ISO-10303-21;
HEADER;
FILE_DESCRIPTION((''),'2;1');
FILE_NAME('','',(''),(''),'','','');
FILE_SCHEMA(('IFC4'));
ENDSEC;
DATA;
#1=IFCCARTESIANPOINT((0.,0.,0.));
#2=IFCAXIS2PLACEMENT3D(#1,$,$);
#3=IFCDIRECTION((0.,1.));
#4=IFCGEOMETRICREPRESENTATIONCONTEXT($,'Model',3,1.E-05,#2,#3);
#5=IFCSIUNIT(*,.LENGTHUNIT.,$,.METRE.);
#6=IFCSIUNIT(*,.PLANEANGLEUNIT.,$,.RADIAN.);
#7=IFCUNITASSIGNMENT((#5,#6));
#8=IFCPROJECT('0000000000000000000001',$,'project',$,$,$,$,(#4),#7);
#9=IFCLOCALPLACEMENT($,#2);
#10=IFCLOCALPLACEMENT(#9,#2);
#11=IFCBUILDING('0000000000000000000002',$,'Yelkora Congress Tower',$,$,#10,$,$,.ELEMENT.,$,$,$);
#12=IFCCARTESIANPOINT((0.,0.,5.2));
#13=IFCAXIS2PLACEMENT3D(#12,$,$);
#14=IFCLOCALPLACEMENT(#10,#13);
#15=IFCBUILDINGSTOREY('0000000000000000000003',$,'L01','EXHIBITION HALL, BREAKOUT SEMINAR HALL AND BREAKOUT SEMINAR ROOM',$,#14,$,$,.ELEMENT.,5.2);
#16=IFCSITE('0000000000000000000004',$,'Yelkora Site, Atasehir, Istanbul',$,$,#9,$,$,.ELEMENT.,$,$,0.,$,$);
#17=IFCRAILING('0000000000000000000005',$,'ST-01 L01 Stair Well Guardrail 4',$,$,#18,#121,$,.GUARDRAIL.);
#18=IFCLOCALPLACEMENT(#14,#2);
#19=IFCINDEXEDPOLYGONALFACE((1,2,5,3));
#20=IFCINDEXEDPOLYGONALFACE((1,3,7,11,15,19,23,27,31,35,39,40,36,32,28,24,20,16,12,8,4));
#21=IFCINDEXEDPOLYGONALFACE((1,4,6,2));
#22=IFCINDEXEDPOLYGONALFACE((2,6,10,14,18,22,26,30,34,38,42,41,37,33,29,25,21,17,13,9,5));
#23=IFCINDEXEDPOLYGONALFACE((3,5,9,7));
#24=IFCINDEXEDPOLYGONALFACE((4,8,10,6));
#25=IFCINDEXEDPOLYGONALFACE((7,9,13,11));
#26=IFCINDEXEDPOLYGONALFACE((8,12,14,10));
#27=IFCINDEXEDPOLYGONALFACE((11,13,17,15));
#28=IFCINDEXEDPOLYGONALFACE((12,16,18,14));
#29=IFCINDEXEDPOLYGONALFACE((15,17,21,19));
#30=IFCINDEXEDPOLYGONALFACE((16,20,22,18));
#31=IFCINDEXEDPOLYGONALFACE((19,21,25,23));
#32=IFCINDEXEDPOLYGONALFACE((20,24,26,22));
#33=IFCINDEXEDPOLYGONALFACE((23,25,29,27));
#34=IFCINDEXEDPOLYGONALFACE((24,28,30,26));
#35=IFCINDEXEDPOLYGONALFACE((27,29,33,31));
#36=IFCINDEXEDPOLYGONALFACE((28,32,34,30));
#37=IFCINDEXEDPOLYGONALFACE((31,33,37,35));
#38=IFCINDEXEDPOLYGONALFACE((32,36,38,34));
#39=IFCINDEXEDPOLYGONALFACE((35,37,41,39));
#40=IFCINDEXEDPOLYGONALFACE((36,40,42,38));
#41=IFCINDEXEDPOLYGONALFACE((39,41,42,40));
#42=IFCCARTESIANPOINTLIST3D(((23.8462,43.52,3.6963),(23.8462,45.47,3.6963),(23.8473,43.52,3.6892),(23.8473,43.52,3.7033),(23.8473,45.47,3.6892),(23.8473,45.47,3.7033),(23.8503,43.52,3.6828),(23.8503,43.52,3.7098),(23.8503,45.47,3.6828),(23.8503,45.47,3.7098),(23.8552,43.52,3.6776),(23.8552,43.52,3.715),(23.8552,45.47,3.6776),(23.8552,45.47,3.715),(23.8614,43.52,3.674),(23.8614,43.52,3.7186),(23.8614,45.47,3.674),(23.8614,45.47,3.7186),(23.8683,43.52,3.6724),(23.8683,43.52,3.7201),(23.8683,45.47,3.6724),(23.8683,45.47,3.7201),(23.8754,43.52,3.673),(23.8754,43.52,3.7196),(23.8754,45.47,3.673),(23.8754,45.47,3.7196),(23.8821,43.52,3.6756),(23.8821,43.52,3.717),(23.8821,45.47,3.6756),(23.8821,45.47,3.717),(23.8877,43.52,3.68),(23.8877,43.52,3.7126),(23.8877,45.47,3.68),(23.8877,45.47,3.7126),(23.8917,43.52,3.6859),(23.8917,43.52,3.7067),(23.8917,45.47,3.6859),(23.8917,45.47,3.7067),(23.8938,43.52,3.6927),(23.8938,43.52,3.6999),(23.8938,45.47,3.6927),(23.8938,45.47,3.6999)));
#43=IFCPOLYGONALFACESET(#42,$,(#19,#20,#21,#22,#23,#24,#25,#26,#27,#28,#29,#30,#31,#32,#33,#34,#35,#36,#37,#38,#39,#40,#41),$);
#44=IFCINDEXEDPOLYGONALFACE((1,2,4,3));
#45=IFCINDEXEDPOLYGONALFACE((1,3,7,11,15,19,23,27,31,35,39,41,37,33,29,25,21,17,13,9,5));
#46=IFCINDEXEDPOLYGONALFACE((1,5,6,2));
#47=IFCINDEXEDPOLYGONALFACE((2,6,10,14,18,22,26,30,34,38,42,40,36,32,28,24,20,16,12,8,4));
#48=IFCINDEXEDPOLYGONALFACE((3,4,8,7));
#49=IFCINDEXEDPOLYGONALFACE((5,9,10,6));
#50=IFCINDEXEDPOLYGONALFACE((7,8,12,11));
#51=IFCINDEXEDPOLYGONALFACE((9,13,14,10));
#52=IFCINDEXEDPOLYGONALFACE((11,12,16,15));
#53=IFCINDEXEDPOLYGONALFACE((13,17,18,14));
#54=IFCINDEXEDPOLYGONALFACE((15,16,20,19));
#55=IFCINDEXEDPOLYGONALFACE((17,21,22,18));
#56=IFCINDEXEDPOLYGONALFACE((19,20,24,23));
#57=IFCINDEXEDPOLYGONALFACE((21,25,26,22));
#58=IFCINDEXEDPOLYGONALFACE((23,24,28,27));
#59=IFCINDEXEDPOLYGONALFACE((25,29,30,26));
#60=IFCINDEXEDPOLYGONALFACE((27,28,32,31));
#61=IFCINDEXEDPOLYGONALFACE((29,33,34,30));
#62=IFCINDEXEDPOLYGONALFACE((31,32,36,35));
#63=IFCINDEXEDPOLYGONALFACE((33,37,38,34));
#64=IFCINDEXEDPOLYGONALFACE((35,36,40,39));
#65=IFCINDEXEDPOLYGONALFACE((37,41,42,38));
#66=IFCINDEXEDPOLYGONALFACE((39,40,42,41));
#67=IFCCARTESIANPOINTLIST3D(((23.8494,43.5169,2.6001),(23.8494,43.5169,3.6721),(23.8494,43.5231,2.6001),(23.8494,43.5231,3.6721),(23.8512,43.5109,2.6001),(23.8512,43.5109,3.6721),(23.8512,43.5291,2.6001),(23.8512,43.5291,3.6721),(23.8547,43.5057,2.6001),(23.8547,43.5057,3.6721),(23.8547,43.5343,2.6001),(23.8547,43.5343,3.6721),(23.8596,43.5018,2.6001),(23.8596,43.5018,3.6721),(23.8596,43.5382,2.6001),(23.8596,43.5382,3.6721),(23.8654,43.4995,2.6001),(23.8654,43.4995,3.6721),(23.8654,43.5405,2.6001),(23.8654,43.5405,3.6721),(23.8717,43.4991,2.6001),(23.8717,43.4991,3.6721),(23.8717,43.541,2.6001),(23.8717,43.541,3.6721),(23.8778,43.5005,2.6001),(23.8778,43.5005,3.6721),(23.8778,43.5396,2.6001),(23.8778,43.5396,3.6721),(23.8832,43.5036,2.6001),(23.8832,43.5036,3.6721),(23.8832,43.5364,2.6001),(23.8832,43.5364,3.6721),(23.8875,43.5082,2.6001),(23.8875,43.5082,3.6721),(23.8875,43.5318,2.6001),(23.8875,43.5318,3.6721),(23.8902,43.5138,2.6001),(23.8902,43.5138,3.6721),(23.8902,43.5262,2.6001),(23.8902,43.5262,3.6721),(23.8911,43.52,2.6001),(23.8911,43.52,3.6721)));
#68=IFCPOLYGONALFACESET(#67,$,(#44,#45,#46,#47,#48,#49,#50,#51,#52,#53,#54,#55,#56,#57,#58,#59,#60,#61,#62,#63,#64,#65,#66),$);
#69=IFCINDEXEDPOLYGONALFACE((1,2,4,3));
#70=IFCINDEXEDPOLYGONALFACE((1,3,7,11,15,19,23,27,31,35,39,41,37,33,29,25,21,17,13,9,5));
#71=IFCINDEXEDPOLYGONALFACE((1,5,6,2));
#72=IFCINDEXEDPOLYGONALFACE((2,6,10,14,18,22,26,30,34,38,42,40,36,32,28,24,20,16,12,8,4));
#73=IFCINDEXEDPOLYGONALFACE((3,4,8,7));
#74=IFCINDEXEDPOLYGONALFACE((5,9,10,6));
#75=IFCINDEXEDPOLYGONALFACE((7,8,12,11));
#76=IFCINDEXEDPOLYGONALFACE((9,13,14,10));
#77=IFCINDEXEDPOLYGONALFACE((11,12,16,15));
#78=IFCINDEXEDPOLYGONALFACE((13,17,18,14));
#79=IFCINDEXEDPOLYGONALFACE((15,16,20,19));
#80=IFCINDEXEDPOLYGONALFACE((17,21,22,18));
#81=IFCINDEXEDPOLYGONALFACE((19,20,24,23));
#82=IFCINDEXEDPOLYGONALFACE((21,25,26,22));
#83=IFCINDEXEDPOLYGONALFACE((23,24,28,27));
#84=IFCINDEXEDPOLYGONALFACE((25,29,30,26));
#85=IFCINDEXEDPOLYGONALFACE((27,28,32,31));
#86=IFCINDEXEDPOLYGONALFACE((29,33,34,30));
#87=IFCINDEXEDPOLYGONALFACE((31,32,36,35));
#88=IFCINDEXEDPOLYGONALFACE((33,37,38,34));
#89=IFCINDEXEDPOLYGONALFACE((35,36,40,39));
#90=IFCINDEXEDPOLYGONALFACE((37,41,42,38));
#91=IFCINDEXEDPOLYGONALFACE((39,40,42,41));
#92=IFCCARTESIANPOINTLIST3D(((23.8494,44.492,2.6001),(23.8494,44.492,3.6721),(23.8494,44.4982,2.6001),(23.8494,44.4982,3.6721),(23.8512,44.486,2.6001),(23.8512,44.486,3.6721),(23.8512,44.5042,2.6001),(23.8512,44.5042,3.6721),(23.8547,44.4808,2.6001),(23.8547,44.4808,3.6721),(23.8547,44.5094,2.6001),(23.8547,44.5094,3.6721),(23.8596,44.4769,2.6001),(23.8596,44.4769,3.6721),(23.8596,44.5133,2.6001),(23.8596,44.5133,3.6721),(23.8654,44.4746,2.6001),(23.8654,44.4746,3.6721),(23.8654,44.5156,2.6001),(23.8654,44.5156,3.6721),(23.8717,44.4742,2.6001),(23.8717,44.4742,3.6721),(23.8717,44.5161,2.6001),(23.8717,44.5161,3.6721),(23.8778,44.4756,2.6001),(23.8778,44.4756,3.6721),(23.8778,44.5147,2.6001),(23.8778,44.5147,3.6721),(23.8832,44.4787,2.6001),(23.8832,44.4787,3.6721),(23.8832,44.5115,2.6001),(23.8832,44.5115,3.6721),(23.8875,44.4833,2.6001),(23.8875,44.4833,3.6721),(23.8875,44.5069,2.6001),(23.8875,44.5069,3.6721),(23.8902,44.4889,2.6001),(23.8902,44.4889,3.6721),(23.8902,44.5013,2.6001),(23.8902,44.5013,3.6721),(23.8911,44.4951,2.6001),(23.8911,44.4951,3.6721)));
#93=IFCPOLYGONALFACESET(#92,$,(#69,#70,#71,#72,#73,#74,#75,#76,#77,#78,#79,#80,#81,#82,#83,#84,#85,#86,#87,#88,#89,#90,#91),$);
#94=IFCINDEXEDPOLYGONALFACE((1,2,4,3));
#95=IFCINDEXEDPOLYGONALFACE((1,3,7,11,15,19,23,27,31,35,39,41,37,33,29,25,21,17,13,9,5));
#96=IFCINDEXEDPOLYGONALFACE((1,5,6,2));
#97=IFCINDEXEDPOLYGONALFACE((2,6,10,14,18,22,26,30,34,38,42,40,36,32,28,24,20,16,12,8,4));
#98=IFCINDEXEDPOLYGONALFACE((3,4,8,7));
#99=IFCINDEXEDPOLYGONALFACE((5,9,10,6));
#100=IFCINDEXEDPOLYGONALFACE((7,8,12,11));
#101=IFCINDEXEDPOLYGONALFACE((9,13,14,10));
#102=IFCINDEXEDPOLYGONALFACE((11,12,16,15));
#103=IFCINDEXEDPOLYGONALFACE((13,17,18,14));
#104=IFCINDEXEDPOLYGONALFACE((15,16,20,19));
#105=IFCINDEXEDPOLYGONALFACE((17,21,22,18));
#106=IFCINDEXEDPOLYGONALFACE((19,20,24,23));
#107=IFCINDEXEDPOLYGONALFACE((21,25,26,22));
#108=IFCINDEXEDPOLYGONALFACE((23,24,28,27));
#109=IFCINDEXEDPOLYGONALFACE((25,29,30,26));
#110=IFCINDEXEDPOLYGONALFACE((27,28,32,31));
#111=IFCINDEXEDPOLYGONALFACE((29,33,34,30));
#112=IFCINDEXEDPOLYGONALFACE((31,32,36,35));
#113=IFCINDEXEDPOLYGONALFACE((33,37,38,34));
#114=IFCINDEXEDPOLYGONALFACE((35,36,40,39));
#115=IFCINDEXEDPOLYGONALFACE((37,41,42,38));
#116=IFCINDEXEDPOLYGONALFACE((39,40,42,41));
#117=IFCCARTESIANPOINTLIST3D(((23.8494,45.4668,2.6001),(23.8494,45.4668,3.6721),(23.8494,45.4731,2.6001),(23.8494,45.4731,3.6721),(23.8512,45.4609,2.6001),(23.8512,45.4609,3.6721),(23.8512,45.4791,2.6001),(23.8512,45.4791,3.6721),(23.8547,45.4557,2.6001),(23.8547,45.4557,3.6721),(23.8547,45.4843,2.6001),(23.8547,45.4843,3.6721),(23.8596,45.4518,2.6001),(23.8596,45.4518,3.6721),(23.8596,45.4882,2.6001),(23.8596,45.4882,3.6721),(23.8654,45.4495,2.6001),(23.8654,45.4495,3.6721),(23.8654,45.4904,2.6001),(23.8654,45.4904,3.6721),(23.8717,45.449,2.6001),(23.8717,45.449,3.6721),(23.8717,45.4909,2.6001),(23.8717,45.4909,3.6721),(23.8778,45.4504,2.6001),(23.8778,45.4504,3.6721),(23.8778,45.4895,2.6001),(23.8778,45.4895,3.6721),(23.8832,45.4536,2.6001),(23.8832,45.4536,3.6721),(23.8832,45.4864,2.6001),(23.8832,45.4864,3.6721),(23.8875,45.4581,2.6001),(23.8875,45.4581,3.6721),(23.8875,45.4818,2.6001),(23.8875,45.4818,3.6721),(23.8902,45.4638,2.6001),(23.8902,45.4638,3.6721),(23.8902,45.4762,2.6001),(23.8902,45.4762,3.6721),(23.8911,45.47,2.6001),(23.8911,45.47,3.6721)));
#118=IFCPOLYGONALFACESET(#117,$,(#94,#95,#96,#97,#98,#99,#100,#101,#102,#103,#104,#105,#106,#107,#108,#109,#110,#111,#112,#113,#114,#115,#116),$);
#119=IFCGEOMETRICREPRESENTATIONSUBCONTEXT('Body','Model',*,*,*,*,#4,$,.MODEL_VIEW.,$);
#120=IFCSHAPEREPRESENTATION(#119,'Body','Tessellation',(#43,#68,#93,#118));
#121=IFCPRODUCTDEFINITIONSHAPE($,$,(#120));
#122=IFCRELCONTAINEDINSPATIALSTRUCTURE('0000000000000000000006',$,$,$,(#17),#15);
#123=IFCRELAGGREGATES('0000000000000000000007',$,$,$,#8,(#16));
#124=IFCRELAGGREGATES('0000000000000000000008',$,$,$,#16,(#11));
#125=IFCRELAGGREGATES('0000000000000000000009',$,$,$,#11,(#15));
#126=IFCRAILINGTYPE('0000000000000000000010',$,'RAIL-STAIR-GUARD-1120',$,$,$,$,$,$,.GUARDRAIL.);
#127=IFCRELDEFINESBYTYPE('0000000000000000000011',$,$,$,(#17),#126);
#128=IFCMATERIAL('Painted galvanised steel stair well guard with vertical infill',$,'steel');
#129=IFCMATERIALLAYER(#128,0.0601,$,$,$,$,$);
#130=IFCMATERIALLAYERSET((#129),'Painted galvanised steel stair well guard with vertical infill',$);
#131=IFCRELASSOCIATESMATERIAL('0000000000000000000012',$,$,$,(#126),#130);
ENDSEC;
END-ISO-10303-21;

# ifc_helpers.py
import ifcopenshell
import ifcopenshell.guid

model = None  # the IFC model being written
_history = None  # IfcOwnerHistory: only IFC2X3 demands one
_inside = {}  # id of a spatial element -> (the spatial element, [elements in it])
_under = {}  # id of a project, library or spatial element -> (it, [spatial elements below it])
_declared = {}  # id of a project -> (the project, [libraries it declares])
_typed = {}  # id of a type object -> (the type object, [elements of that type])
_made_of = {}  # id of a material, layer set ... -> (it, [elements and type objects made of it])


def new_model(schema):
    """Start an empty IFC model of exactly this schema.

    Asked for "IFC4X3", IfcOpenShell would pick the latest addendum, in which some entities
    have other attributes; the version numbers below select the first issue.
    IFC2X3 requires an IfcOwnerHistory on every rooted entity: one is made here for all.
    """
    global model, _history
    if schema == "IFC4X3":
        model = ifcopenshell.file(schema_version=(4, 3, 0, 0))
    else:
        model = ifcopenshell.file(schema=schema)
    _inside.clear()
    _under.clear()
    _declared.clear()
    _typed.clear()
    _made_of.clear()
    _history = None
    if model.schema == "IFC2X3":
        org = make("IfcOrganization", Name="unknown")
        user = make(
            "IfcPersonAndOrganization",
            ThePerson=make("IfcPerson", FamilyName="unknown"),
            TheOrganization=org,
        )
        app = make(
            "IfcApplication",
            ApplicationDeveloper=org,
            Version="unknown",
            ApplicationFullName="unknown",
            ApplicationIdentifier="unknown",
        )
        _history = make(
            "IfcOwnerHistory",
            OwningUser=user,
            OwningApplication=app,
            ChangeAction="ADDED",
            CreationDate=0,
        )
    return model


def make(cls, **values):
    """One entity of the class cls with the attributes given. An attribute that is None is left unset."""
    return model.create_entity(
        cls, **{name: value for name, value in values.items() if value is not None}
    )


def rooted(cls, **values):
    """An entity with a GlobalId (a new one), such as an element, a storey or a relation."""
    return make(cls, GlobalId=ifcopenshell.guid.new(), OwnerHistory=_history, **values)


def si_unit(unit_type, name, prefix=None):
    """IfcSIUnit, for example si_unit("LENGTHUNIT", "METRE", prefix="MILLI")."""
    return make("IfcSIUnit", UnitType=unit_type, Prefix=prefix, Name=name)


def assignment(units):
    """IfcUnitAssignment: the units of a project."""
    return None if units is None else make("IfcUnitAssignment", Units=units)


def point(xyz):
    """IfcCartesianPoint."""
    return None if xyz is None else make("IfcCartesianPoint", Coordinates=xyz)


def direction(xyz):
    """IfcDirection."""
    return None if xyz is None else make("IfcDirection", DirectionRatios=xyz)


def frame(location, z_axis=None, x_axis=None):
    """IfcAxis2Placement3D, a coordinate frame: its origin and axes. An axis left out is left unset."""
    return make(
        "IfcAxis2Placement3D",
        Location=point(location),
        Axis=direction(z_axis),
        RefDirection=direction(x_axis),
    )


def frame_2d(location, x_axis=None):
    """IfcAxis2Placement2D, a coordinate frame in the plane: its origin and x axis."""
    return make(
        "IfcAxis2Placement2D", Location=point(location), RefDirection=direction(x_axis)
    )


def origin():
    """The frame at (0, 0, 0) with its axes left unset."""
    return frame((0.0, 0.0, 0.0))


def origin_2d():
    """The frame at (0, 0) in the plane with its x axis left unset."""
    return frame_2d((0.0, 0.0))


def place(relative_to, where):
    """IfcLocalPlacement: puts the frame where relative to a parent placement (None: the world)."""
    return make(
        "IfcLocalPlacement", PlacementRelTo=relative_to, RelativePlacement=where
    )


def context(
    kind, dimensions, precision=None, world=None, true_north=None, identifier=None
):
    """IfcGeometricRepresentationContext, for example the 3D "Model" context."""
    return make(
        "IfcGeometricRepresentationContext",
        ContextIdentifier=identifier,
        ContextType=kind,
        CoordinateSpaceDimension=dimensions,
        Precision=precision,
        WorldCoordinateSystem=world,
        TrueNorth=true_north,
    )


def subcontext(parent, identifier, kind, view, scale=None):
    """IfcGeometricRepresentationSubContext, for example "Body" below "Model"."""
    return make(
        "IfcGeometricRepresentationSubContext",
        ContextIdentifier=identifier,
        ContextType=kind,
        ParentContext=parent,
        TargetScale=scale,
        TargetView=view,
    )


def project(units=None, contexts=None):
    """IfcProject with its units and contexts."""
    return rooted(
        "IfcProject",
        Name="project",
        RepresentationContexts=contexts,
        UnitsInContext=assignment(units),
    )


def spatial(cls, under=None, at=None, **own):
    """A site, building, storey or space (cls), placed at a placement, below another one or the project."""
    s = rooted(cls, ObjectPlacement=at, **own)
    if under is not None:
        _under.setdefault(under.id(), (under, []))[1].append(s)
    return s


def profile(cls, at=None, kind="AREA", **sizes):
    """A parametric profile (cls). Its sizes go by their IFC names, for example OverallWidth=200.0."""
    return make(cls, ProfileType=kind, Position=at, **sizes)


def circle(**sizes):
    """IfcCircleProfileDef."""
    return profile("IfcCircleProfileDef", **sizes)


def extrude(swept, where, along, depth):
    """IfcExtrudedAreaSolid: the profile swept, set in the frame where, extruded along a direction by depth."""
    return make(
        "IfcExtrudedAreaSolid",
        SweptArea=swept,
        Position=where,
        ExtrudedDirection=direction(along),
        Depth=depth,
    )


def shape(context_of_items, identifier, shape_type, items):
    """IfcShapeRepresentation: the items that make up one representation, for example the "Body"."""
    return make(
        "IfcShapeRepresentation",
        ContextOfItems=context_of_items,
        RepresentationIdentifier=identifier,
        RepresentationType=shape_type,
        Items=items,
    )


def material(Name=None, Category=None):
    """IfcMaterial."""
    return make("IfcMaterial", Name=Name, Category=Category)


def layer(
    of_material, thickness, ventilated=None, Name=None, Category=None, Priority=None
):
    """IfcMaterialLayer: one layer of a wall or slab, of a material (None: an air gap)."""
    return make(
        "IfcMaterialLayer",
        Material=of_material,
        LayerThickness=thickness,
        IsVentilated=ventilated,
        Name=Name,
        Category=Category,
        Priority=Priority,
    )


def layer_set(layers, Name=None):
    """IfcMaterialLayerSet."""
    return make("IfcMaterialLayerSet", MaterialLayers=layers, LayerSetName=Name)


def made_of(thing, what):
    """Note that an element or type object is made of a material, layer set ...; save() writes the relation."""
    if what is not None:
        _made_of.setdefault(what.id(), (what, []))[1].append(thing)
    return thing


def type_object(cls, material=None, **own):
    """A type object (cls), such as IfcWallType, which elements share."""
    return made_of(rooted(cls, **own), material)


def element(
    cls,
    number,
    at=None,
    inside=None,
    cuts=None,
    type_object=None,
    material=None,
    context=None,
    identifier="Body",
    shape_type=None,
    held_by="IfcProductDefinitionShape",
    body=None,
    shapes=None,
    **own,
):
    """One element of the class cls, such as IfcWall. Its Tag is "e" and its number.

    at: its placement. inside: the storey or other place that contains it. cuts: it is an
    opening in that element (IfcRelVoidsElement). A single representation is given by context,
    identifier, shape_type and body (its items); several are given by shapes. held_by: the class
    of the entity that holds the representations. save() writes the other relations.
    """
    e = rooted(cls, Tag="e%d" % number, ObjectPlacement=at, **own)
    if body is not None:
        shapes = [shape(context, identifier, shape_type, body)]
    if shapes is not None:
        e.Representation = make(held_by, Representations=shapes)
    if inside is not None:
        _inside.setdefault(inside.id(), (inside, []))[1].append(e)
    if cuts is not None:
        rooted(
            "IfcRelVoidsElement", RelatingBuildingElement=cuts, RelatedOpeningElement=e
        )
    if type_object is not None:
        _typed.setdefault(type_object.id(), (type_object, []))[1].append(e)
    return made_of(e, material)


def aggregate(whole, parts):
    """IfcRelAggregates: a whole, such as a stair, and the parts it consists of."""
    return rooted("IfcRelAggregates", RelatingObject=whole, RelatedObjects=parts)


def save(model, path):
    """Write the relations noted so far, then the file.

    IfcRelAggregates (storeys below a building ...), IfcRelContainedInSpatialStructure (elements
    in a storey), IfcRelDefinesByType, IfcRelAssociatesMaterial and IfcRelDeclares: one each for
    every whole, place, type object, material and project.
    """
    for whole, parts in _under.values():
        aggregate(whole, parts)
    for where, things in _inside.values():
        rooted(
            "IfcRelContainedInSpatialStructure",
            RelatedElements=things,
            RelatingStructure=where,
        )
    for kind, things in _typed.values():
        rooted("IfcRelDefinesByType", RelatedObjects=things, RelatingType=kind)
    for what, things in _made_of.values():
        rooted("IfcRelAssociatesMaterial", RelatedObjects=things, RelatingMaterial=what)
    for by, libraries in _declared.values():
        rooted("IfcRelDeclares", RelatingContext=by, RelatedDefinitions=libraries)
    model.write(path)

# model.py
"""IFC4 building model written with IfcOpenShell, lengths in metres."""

from ifc_helpers import new_model, si_unit, direction, frame, origin, origin_2d, place, context, subcontext, project, spatial, circle, extrude, material, layer, layer_set, type_object, element, save


model = new_model("IFC4")

# Units and contexts
model_context = context("Model", 3, precision=1e-05, world=origin(), true_north=direction((0.0, 1.0)))
body_context = subcontext(model_context, "Body", "Model", "MODEL_VIEW")
ifc_project = project(units=[si_unit("LENGTHUNIT", "METRE"), si_unit("PLANEANGLEUNIT", "RADIAN")], contexts=[model_context])

# Site, building, storey
site_placement = place(None, origin())
site = spatial("IfcSite", under=ifc_project, at=site_placement, Name="Yelkora Site, Atasehir, Istanbul", CompositionType="ELEMENT", RefElevation=0.0)
building_placement = place(site_placement, origin())
building = spatial("IfcBuilding", under=site, at=building_placement, Name="Yelkora Congress Tower", CompositionType="ELEMENT")
storey_placement = place(building_placement, frame((0.0, 0.0, 5.2)))
storey = spatial("IfcBuildingStorey", under=building, at=storey_placement, Name="L01", Description="EXHIBITION HALL, BREAKOUT SEMINAR HALL AND BREAKOUT SEMINAR ROOM", CompositionType="ELEMENT", Elevation=5.2)

# Railing
ifc_material_1 = material(Name="Painted galvanised steel stair well guard with vertical infill", Category="steel")
ifc_layer_1 = layer(ifc_material_1, 0.0601)
ifc_layer_set_1 = layer_set([ifc_layer_1], Name="Painted galvanised steel stair well guard with vertical infill")
railing_type_1 = type_object("IfcRailingType", Name="RAIL-STAIR-GUARD-1120", PredefinedType="GUARDRAIL", material=ifc_layer_set_1)
for number, where, name in (
    (1, (23.8701, 43.52, 2.6001), "ST-01 L01 Stair Well Guardrail 4"),
):
    element("IfcRailing", number, at=place(storey_placement, frame(where)), inside=storey, type_object=railing_type_1, Name=name, PredefinedType="GUARDRAIL", context=body_context, shape_type="SweptSolid", body=[
        extrude(circle(Radius=0.0239, at=origin_2d()), frame((0.0, 0.0, 1.0962), z_axis=(0.0, 1.0, 0.0), x_axis=(-1.0, 0.0, 0.0)), (0.0, 0.0, 1.0), 1.95),
        extrude(circle(Radius=0.021, at=origin_2d()), origin(), (0.0, 0.0, 1.0), 1.072),
        extrude(circle(Radius=0.021, at=origin_2d()), frame((0.0, 0.9751, 0.0)), (0.0, 0.0, 1.0), 1.072),
        extrude(circle(Radius=0.021, at=origin_2d()), frame((0.0, 1.95, 0.0)), (0.0, 0.0, 1.0), 1.072),
    ])

save(model, "model.ifc")
